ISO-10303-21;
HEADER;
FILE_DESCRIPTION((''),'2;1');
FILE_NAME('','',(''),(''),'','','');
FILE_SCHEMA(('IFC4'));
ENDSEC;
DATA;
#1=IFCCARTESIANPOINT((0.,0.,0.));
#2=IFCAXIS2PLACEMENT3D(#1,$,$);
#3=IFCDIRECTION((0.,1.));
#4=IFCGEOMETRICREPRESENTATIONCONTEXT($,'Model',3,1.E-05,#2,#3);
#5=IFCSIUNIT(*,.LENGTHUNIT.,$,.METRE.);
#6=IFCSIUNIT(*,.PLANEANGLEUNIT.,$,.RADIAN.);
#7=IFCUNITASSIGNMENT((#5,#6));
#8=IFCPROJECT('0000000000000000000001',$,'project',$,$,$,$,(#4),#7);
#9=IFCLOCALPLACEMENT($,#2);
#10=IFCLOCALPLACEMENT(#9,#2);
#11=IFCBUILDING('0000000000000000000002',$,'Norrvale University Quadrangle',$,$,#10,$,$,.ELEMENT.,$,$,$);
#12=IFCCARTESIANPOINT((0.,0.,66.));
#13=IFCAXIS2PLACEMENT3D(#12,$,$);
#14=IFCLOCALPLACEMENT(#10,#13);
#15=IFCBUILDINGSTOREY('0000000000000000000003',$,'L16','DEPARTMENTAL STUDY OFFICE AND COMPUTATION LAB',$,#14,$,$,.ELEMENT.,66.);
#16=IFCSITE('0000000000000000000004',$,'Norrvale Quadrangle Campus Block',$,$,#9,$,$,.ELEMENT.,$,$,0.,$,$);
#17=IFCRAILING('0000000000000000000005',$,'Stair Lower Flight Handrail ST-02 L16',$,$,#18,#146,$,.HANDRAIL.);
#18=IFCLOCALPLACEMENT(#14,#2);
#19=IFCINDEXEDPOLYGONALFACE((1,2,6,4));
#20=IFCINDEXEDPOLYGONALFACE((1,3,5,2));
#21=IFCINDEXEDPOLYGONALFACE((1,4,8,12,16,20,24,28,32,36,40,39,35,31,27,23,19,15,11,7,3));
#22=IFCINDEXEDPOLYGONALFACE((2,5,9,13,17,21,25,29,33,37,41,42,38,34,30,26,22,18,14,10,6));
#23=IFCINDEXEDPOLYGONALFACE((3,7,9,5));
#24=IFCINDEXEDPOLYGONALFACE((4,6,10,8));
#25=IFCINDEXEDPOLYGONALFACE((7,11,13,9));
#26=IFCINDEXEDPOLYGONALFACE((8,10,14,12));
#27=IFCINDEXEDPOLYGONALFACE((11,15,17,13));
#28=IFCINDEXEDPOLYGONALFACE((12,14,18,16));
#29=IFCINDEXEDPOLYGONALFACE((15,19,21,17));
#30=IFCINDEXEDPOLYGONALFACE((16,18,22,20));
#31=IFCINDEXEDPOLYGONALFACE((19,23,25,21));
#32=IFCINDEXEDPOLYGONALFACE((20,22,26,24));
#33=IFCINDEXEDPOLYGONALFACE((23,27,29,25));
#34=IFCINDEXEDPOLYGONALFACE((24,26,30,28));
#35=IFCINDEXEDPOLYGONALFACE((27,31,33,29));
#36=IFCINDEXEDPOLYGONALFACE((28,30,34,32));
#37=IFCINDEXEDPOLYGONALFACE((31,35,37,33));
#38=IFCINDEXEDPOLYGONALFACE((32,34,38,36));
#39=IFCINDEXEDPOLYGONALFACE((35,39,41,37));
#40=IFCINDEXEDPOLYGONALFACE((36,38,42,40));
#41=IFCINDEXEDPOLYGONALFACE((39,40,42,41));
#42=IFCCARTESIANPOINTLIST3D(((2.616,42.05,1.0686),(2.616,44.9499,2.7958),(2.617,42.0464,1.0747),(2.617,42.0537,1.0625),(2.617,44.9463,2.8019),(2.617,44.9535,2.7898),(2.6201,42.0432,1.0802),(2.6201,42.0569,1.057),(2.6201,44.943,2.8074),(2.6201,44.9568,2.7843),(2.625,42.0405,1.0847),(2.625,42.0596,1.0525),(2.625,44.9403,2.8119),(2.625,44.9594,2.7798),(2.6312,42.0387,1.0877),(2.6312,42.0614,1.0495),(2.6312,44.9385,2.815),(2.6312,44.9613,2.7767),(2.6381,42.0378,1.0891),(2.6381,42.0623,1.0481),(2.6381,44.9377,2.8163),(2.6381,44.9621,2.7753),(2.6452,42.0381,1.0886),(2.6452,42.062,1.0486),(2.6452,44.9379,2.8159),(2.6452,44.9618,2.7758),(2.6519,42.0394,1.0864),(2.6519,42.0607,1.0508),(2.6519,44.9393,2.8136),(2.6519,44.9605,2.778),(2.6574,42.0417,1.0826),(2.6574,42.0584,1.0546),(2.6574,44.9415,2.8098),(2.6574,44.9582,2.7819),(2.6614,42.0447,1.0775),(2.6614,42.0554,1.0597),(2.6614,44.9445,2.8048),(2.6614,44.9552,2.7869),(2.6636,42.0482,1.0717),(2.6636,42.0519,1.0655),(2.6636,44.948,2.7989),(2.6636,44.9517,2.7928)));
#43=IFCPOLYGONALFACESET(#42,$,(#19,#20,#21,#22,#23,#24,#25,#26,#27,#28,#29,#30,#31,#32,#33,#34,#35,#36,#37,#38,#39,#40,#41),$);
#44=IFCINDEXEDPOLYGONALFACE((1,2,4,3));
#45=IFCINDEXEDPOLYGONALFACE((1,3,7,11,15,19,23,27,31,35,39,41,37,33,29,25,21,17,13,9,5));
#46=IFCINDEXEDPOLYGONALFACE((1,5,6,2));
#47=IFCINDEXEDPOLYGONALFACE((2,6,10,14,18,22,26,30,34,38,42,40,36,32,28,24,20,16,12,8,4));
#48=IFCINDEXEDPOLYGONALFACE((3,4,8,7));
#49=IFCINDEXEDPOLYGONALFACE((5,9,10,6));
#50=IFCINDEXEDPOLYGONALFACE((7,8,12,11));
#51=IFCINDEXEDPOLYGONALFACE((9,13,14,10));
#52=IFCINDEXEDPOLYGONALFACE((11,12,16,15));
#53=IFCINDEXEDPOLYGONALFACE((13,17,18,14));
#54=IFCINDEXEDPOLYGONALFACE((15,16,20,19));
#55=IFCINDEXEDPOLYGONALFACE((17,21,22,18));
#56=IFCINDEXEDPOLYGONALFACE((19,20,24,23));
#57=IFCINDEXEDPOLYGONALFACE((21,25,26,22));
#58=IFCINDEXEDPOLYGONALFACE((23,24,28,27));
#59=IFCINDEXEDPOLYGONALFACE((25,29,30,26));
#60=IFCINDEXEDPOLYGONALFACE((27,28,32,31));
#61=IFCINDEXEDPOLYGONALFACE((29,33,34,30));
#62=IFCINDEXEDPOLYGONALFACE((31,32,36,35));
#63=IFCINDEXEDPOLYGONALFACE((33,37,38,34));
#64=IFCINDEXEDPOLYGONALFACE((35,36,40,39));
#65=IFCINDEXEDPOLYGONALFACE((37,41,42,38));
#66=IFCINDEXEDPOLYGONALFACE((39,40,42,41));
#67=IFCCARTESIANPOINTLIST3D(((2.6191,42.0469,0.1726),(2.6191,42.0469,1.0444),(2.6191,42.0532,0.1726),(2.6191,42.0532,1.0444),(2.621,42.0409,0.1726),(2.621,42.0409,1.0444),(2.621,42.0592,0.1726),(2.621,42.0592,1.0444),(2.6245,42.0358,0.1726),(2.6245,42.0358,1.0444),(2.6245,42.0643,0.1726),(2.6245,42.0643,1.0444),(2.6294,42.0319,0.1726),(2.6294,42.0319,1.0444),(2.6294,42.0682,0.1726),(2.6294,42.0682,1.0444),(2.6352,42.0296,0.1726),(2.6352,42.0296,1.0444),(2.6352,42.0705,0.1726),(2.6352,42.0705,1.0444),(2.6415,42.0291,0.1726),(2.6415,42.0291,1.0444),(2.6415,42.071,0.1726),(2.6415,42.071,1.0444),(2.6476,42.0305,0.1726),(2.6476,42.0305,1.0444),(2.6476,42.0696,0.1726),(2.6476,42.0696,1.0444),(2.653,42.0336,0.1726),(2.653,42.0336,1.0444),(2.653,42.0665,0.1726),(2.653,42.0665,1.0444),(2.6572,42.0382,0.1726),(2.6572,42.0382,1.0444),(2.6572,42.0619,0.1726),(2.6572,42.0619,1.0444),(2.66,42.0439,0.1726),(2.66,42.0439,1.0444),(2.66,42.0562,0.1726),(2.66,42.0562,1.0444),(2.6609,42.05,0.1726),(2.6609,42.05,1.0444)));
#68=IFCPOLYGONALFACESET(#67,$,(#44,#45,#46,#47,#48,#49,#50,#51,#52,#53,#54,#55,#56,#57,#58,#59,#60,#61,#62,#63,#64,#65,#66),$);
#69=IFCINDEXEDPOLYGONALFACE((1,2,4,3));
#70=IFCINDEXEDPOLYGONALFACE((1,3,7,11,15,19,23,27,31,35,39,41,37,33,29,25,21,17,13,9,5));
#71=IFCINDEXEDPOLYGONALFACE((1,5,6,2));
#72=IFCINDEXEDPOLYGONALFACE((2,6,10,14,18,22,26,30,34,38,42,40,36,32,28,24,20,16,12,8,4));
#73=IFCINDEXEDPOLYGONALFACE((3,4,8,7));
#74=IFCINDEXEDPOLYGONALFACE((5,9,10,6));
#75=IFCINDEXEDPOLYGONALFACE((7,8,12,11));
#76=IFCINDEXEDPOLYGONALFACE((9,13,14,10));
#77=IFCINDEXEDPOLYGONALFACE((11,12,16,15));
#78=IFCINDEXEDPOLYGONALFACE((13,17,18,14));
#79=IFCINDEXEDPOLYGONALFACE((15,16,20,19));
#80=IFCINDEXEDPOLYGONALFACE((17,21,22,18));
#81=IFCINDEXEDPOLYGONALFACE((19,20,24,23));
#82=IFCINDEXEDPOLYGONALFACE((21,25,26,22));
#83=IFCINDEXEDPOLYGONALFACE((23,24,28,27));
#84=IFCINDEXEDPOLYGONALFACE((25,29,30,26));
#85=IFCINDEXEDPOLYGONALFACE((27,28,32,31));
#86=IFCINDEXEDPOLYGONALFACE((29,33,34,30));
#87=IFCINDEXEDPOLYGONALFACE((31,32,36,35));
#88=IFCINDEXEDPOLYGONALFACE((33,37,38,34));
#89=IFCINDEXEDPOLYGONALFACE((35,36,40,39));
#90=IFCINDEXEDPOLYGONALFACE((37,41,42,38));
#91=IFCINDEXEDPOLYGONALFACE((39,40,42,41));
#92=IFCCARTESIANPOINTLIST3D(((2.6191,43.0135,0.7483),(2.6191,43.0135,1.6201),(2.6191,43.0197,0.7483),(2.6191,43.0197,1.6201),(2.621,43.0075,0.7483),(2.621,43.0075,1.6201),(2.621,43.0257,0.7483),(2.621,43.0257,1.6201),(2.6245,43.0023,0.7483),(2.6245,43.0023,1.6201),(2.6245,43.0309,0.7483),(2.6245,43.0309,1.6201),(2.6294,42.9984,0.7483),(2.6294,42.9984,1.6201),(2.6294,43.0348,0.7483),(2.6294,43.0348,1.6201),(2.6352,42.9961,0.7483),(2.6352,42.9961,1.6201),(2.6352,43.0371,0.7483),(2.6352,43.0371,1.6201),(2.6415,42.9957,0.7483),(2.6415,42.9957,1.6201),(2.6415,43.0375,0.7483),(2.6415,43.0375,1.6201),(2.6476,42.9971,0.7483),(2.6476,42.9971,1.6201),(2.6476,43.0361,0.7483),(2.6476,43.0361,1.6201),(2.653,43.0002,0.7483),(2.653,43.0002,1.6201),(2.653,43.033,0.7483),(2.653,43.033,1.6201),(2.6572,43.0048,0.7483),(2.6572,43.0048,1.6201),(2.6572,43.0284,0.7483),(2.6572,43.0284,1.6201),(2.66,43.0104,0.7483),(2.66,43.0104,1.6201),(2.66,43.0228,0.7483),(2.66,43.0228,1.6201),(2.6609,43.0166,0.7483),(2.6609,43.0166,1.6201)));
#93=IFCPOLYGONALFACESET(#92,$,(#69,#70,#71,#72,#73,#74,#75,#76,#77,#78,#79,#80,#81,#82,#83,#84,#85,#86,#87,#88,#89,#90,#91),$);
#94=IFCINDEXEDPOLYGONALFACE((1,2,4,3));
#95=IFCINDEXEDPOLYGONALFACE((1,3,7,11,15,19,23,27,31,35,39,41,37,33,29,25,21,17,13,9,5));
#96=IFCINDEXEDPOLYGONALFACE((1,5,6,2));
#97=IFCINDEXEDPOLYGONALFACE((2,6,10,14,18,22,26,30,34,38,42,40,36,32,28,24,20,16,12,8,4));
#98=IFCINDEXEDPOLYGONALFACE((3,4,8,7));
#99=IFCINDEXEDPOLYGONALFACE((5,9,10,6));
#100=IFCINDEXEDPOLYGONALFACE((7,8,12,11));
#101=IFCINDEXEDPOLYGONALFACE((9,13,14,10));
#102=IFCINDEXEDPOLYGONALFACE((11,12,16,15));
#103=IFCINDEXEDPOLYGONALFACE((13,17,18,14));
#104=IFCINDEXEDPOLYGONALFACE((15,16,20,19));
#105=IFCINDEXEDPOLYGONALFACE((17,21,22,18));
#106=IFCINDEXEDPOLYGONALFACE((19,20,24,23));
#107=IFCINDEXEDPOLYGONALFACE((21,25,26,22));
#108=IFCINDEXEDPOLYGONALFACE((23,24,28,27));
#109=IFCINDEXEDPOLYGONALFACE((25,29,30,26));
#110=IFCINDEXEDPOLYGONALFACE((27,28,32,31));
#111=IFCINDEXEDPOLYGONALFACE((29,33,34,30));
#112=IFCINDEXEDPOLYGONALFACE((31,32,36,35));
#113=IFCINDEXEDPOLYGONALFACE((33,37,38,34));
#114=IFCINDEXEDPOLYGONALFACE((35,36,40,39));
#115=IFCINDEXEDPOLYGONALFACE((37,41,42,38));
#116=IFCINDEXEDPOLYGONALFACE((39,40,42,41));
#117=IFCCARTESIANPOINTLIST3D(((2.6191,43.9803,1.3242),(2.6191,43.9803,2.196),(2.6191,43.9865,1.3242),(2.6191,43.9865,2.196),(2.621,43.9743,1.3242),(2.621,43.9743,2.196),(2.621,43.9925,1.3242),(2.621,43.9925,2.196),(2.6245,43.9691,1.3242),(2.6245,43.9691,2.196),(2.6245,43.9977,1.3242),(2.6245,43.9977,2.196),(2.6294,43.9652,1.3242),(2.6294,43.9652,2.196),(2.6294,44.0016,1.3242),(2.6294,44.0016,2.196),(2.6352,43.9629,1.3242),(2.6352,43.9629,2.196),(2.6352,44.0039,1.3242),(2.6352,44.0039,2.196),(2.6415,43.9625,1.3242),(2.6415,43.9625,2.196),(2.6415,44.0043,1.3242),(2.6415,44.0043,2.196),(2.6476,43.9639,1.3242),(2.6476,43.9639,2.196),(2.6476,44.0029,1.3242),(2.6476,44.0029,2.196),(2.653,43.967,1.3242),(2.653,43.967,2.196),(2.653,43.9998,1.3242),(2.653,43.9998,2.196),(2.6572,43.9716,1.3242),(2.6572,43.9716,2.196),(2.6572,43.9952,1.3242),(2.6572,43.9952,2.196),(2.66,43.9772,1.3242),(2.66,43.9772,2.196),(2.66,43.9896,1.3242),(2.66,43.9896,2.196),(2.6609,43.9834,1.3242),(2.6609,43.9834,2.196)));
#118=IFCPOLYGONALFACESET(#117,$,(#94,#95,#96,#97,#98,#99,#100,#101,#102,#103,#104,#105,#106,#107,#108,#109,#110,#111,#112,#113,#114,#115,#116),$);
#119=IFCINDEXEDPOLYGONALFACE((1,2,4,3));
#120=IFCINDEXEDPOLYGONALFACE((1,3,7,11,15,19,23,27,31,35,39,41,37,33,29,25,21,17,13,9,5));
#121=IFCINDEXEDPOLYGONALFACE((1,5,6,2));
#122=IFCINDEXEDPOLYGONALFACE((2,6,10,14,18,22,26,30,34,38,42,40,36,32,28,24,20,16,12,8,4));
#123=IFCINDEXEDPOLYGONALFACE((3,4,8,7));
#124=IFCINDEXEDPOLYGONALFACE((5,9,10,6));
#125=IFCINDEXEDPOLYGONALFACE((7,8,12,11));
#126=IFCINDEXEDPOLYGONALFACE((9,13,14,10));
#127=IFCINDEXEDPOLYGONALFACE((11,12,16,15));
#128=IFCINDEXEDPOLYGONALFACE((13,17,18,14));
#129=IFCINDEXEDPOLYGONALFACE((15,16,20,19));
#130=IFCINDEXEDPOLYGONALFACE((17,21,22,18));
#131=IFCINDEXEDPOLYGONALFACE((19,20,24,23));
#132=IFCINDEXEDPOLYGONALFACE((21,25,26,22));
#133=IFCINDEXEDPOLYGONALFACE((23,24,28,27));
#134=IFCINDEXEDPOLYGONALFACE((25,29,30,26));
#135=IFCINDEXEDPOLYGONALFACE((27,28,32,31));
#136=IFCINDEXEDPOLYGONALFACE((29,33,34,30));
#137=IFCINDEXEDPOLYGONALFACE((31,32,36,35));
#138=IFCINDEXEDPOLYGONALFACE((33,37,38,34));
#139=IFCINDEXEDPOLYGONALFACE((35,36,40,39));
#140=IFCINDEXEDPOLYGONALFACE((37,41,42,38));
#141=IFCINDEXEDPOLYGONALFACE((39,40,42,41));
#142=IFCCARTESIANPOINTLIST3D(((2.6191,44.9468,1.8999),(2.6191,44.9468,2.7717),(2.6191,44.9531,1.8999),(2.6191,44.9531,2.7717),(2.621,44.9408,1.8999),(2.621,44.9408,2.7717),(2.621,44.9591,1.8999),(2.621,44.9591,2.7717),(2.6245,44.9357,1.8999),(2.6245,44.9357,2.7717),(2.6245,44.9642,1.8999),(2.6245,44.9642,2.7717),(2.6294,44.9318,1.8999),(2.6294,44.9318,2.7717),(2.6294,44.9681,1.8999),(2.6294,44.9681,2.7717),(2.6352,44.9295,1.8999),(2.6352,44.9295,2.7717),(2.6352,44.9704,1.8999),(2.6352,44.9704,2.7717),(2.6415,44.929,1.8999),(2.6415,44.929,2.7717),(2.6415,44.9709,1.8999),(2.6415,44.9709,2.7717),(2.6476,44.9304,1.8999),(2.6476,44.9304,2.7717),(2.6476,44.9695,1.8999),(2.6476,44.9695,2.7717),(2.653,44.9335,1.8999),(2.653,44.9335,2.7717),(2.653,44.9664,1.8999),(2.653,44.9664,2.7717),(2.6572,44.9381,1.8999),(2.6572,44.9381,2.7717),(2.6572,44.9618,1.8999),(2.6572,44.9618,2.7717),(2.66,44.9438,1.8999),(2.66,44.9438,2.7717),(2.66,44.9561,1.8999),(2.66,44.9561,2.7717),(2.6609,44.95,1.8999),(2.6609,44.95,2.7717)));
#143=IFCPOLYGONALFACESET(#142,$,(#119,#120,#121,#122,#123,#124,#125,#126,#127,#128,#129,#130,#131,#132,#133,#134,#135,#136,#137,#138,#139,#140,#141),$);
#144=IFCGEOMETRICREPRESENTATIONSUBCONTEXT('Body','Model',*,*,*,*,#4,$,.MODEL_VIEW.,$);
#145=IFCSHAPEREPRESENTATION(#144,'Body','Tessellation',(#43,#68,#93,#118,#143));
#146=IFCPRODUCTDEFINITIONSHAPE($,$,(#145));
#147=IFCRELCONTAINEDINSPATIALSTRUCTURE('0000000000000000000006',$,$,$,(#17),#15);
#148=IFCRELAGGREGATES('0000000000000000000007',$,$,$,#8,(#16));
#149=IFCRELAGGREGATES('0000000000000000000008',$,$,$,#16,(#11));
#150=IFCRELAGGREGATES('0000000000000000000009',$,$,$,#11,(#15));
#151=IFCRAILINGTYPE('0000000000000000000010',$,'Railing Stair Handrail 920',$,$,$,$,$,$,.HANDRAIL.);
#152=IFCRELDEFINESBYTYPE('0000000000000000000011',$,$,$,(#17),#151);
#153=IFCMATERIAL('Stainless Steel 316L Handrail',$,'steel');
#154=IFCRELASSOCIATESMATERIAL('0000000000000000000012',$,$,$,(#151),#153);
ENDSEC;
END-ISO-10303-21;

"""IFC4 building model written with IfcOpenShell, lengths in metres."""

from ifc_helpers import new_model, si_unit, direction, frame, origin, origin_2d, place, context, subcontext, project, spatial, circle, extrude, material, type_object, element, save


model = new_model("IFC4")

# Units and contexts
model_context = context("Model", 3, precision=1e-05, world=origin(), true_north=direction((0.0, 1.0)))
body_context = subcontext(model_context, "Body", "Model", "MODEL_VIEW")
ifc_project = project(units=[si_unit("LENGTHUNIT", "METRE"), si_unit("PLANEANGLEUNIT", "RADIAN")], contexts=[model_context])

# Site, building, storey
site_placement = place(None, origin())
site = spatial("IfcSite", under=ifc_project, at=site_placement, Name="Norrvale Quadrangle Campus Block", CompositionType="ELEMENT", RefElevation=0.0)
building_placement = place(site_placement, origin())
building = spatial("IfcBuilding", under=site, at=building_placement, Name="Norrvale University Quadrangle", CompositionType="ELEMENT")
storey_placement = place(building_placement, frame((0.0, 0.0, 66.0)))
storey = spatial("IfcBuildingStorey", under=building, at=storey_placement, Name="L16", Description="DEPARTMENTAL STUDY OFFICE AND COMPUTATION LAB", CompositionType="ELEMENT", Elevation=66.0)

# Railing
ifc_material_1 = material(Name="Stainless Steel 316L Handrail", Category="steel")
railing_type_1 = type_object("IfcRailingType", Name="Railing Stair Handrail 920", PredefinedType="HANDRAIL", material=ifc_material_1)
railing_1_placement = place(storey_placement, frame((2.6399, 42.05, 0.1726)))
element("IfcRailing", 1, at=railing_1_placement, inside=storey, type_object=railing_type_1, Name="Stair Lower Flight Handrail ST-02 L16", PredefinedType="HANDRAIL", context=body_context, shape_type="SweptSolid", body=[
    extrude(circle(Radius=0.0239, at=origin_2d()), frame((0.0, 0.0, 0.896), z_axis=(0.0, 0.859141, 0.511738), x_axis=(-1.0, 0.0, 0.0)), (0.0, 0.0, 1.0), 3.3752),
    extrude(circle(Radius=0.021, at=origin_2d()), origin(), (0.0, 0.0, 1.0), 0.8718),
    extrude(circle(Radius=0.021, at=origin_2d()), frame((0.0, 0.9666, 0.5757)), (0.0, 0.0, 1.0), 0.8718),
    extrude(circle(Radius=0.021, at=origin_2d()), frame((0.0, 1.9333, 1.1516)), (0.0, 0.0, 1.0), 0.8718),
    extrude(circle(Radius=0.021, at=origin_2d()), frame((0.0, 2.8999, 1.7273)), (0.0, 0.0, 1.0), 0.8718),
])

save(model, "model.ifc")
